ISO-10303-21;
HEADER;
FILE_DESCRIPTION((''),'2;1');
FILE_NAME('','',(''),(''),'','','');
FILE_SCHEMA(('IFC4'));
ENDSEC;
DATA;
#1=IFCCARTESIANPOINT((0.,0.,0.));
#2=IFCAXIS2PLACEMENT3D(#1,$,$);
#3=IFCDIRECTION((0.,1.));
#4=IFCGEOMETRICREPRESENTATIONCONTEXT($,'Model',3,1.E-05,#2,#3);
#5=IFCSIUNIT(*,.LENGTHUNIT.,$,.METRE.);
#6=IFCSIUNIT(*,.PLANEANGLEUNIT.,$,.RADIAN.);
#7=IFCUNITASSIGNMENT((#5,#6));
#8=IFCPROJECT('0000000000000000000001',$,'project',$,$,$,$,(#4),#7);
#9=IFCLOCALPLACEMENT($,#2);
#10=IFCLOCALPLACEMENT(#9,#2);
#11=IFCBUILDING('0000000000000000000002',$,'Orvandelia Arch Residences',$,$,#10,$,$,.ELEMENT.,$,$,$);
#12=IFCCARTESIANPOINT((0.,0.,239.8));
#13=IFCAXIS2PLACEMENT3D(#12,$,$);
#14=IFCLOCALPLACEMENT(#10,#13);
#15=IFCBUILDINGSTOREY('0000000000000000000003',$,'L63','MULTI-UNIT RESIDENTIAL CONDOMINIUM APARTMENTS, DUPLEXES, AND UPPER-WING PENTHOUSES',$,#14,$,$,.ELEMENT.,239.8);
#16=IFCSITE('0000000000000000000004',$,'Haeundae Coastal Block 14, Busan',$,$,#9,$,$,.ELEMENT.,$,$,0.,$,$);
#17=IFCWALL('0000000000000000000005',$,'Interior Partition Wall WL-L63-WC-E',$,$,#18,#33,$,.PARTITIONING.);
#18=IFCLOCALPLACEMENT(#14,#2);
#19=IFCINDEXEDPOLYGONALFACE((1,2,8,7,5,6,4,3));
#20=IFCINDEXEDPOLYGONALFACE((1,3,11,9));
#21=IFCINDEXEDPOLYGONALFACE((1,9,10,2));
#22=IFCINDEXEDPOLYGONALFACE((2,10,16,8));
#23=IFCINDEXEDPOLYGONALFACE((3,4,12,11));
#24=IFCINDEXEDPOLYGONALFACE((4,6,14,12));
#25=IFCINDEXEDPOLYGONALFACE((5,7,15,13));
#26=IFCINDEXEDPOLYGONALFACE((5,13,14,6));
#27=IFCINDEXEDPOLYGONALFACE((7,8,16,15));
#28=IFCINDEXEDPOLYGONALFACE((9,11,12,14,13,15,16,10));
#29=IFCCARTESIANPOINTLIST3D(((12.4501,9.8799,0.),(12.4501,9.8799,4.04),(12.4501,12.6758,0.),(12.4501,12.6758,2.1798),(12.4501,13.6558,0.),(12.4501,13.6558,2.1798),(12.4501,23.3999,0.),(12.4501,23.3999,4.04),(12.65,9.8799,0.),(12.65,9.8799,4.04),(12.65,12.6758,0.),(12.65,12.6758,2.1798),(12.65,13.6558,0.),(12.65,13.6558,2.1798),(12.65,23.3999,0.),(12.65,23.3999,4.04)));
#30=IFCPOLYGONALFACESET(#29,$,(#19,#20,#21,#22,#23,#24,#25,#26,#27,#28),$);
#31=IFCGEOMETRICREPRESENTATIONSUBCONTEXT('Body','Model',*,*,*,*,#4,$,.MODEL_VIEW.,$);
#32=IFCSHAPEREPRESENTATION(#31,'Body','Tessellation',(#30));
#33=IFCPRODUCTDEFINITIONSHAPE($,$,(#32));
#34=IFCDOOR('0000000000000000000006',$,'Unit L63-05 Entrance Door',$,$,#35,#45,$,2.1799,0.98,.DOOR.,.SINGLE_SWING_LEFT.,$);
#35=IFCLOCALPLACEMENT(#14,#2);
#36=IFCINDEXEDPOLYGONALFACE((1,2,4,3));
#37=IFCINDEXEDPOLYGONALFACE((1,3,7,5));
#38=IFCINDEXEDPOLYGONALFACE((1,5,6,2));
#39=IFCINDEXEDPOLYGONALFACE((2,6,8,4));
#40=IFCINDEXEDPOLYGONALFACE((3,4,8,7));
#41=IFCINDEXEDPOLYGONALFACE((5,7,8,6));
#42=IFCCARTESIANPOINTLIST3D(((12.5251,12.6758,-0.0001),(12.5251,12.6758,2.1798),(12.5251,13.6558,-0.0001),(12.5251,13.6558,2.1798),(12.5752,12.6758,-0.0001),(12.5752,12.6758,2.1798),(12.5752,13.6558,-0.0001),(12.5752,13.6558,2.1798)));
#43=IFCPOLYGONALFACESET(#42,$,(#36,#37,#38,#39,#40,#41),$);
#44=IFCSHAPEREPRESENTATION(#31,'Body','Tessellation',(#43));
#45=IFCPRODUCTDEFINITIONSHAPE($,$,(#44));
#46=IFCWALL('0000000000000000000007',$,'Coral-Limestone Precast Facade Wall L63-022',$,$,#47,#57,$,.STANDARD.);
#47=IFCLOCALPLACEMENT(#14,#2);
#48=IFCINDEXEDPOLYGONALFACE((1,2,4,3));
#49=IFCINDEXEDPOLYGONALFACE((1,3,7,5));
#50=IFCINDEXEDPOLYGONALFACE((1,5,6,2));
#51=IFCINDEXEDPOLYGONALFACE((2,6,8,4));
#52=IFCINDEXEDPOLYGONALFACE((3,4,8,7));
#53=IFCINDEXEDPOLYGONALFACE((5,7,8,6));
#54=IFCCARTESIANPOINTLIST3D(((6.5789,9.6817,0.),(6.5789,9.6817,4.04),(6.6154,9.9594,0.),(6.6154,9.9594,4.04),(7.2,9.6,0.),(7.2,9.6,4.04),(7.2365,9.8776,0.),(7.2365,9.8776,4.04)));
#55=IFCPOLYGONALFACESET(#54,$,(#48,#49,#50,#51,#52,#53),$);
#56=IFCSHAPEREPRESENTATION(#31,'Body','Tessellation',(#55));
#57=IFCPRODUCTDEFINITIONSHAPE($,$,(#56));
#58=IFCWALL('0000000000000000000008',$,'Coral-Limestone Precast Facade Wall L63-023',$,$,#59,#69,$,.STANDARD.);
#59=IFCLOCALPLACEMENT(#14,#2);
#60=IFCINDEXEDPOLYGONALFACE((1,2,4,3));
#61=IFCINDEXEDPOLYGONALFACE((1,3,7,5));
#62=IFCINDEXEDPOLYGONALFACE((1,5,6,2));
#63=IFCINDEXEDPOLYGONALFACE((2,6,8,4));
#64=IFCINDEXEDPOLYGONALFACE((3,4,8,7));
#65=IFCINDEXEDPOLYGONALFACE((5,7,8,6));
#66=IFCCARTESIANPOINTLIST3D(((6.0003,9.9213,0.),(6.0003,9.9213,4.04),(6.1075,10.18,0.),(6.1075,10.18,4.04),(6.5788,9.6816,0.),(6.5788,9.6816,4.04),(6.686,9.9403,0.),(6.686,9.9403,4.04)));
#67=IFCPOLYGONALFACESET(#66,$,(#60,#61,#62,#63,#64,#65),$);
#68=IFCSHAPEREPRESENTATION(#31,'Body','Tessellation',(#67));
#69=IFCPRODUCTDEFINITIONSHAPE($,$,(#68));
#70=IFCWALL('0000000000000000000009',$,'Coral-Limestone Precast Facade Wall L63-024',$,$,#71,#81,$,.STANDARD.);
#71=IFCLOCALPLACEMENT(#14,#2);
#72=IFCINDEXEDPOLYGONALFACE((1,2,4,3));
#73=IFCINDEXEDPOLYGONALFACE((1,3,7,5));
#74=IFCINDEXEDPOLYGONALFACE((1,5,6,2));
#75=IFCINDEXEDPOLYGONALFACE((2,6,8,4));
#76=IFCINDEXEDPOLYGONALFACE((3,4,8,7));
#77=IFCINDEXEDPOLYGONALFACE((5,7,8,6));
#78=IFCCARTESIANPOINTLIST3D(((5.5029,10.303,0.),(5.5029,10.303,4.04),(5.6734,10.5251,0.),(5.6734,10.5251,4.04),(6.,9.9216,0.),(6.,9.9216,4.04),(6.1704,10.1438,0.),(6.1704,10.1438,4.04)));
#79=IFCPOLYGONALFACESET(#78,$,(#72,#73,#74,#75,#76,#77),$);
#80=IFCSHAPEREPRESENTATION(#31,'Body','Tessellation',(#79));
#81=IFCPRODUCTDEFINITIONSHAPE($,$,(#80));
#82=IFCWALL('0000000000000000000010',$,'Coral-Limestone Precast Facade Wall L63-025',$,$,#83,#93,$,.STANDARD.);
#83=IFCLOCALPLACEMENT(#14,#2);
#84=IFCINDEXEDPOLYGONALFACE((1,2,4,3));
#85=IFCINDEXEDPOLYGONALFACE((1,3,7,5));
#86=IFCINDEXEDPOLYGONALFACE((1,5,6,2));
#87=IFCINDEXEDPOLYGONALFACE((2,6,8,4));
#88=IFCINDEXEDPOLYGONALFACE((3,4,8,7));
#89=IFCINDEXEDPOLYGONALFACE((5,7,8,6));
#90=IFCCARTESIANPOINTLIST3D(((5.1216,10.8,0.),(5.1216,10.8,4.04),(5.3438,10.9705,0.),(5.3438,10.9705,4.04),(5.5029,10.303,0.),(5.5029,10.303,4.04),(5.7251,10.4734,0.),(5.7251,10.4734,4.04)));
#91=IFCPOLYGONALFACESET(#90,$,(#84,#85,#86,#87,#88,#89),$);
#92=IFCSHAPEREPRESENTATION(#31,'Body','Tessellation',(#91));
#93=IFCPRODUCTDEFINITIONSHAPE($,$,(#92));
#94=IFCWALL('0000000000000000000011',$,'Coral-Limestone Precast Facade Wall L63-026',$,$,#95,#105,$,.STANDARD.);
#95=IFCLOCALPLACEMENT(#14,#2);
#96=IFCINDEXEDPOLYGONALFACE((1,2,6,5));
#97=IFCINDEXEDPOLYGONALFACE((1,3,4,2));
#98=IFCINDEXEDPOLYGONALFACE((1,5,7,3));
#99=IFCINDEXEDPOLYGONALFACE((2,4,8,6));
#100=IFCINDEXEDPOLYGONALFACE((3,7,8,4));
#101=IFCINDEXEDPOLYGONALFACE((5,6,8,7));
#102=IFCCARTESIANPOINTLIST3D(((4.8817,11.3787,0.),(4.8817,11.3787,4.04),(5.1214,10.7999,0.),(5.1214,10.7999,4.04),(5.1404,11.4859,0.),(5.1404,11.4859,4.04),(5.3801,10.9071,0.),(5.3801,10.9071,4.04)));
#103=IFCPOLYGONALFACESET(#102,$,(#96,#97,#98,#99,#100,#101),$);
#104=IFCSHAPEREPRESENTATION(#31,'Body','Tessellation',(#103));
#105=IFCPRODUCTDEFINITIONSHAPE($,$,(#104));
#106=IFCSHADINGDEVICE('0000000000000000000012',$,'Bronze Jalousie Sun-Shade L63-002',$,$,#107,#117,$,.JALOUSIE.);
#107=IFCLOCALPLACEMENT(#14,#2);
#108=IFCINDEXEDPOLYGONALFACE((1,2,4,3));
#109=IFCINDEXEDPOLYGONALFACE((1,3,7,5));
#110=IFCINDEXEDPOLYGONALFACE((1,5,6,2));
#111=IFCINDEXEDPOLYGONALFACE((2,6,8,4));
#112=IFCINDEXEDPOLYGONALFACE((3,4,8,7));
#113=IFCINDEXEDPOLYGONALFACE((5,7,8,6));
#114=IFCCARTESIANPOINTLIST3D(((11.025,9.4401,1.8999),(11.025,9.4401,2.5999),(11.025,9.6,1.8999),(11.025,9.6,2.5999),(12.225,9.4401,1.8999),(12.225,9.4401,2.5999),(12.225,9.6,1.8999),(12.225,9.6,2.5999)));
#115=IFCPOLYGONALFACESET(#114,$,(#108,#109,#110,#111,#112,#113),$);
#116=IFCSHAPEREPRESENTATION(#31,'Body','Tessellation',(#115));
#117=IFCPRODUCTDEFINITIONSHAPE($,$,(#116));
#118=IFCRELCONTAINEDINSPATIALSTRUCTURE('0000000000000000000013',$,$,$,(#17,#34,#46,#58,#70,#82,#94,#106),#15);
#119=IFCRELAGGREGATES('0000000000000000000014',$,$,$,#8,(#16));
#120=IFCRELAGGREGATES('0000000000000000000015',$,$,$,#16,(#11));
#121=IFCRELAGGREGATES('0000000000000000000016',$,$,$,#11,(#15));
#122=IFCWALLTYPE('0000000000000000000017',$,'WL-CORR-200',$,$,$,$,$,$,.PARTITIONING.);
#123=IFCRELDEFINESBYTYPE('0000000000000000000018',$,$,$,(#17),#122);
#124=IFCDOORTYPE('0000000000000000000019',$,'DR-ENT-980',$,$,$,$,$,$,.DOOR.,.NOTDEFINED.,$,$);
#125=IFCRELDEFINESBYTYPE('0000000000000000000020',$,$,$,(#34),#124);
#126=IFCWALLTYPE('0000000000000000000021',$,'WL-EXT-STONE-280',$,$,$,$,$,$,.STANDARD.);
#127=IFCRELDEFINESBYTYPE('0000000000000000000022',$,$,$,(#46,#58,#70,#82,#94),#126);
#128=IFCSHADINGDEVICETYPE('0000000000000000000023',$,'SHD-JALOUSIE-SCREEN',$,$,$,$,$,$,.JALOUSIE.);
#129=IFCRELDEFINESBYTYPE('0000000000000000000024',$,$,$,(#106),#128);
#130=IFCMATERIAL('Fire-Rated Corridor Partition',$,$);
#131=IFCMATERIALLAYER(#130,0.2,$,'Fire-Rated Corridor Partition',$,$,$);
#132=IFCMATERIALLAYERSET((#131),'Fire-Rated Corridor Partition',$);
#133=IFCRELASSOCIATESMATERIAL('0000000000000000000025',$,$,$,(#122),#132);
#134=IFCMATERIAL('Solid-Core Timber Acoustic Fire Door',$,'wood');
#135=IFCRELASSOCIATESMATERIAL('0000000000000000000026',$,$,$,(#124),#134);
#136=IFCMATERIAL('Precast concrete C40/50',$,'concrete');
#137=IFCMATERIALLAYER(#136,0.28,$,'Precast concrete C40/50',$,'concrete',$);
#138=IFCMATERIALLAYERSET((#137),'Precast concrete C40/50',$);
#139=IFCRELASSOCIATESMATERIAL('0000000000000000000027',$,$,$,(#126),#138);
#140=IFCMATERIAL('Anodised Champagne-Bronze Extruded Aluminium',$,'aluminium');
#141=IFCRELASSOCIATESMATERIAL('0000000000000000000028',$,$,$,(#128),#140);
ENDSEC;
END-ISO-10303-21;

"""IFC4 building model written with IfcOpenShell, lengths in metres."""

from ifc_helpers import new_model, si_unit, direction, frame, frame_2d, origin, origin_2d, place, context, subcontext, project, spatial, rectangle, extrude, material, layer, layer_set, type_object, element, fill, save


model = new_model("IFC4")

# Units and contexts
model_context = context("Model", 3, precision=1e-05, world=origin(), true_north=direction((0.0, 1.0)))
body_context = subcontext(model_context, "Body", "Model", "MODEL_VIEW")
ifc_project = project(units=[si_unit("LENGTHUNIT", "METRE"), si_unit("PLANEANGLEUNIT", "RADIAN")], contexts=[model_context])

# Site, building, storey
site_placement = place(None, origin())
site = spatial("IfcSite", under=ifc_project, at=site_placement, Name="Haeundae Coastal Block 14, Busan", CompositionType="ELEMENT", RefElevation=0.0)
building_placement = place(site_placement, origin())
building = spatial("IfcBuilding", under=site, at=building_placement, Name="Orvandelia Arch Residences", CompositionType="ELEMENT")
storey_placement = place(building_placement, frame((0.0, 0.0, 239.8)))
storey = spatial("IfcBuildingStorey", under=building, at=storey_placement, Name="L63", Description="MULTI-UNIT RESIDENTIAL CONDOMINIUM APARTMENTS, DUPLEXES, AND UPPER-WING PENTHOUSES", CompositionType="ELEMENT", Elevation=239.8)

# Shared definitions
ifc_material_1 = material(Name="Fire-Rated Corridor Partition")
ifc_layer_1 = layer(ifc_material_1, 0.2, Name="Fire-Rated Corridor Partition")
ifc_layer_set_1 = layer_set([ifc_layer_1], Name="Fire-Rated Corridor Partition")
wall_type_1 = type_object("IfcWallType", Name="WL-CORR-200", PredefinedType="PARTITIONING", material=ifc_layer_set_1)
ifc_material_2 = material(Name="Solid-Core Timber Acoustic Fire Door", Category="wood")
door_type = type_object("IfcDoorType", Name="DR-ENT-980", OperationType="NOTDEFINED", PredefinedType="DOOR", material=ifc_material_2)

# Wall, opening, door
wall_1_placement = place(storey_placement, frame((12.55, 9.8799, 0.0), z_axis=(0.0, 0.0, 1.0), x_axis=(0.0, 1.0, 0.0)))
wall_1 = element("IfcWall", 1, at=wall_1_placement, inside=storey, type_object=wall_type_1, Name="Interior Partition Wall WL-L63-WC-E", PredefinedType="PARTITIONING", context=body_context, shape_type="SweptSolid", body=[
    extrude(rectangle(XDim=13.52, YDim=0.2, at=frame_2d((6.76, 0.0))), origin(), (0.0, 0.0, 1.0), 4.04),
])
opening_1_placement = place(wall_1_placement, frame((2.7959, 0.0, 0.0)))
opening_1 = element("IfcOpeningElement", 2, at=opening_1_placement, cuts=wall_1, PredefinedType="OPENING", context=body_context, shape_type="SweptSolid", body=[
    extrude(rectangle(XDim=0.98, YDim=2.1799, at=frame_2d((0.49, 1.0898))), frame((0.0, 0.1099, 0.0), z_axis=(0.0, -1.0, 0.0), x_axis=(1.0, 0.0, 0.0)), (0.0, 0.0, 1.0), 0.22),
])
door_1_placement = place(opening_1_placement, origin())
door_1 = element("IfcDoor", 3, at=door_1_placement, inside=storey, type_object=door_type, Name="Unit L63-05 Entrance Door", OperationType="SINGLE_SWING_LEFT", OverallHeight=2.1799, OverallWidth=0.98, PredefinedType="DOOR", context=body_context, shape_type="SweptSolid", body=[
    extrude(rectangle(XDim=0.98, YDim=2.1799, at=frame_2d((0.49, 1.0898))), frame((0.0, 0.0249, 0.0), z_axis=(0.0, -1.0, 0.0), x_axis=(1.0, 0.0, 0.0)), (0.0, 0.0, 1.0), 0.05),
])
fill(opening_1, door_1)

# Walls
ifc_material_3 = material(Name="Precast concrete C40/50", Category="concrete")
ifc_layer_2 = layer(ifc_material_3, 0.28, Name="Precast concrete C40/50", Category="concrete")
ifc_layer_set_2 = layer_set([ifc_layer_2], Name="Precast concrete C40/50")
wall_type_2 = type_object("IfcWallType", Name="WL-EXT-STONE-280", PredefinedType="STANDARD", material=ifc_layer_set_2)
wall_2_placement = place(storey_placement, frame((7.2183, 9.7388, 0.0), z_axis=(0.0, 0.0, 1.0), x_axis=(-0.991441, 0.130555, 0.0)))
element("IfcWall", 4, at=wall_2_placement, inside=storey, type_object=wall_type_2, Name="Coral-Limestone Precast Facade Wall L63-022", PredefinedType="STANDARD", context=body_context, shape_type="SweptSolid", body=[
    extrude(rectangle(XDim=0.6265, YDim=0.28, at=frame_2d((0.3132, 0.0))), origin(), (0.0, 0.0, 1.0), 4.04),
])
wall_3_placement = place(storey_placement, frame((6.6323, 9.811, 0.0), z_axis=(0.0, 0.0, 1.0), x_axis=(-0.923836, 0.382788, 0.0)))
element("IfcWall", 5, at=wall_3_placement, inside=storey, type_object=wall_type_2, Name="Coral-Limestone Precast Facade Wall L63-023", PredefinedType="STANDARD", context=body_context, shape_type="SweptSolid", body=[
    extrude(rectangle(XDim=0.6262, YDim=0.28, at=frame_2d((0.313, 0.0))), origin(), (0.0, 0.0, 1.0), 4.04),
])
for number, where, z_axis, x_axis, name in (
    (6, (6.0852, 10.0327, 0.0), (0.0, 0.0, 1.0), (-0.793406, 0.608693, 0.0), "Coral-Limestone Precast Facade Wall L63-024"),
    (7, (5.614, 10.3882, 0.0), (0.0, 0.0, 1.0), (-0.608693, 0.793406, 0.0), "Coral-Limestone Precast Facade Wall L63-025"),
    (8, (5.2507, 10.8535, 0.0), (0.0, 0.0, 1.0), (-0.38265, 0.923893, 0.0), "Coral-Limestone Precast Facade Wall L63-026"),
):
    element("IfcWall", number, at=place(storey_placement, frame(where, z_axis=z_axis, x_axis=x_axis)), inside=storey, type_object=wall_type_2, Name=name, PredefinedType="STANDARD", context=body_context, shape_type="SweptSolid", body=[
        extrude(rectangle(XDim=0.6265, YDim=0.28, at=frame_2d((0.3132, 0.0))), origin(), (0.0, 0.0, 1.0), 4.04),
    ])

# Shading device
ifc_material_4 = material(Name="Anodised Champagne-Bronze Extruded Aluminium", Category="aluminium")
shading_device_type = type_object("IfcShadingDeviceType", Name="SHD-JALOUSIE-SCREEN", PredefinedType="JALOUSIE", material=ifc_material_4)
shading_device_placement = place(storey_placement, frame((11.625, 9.52, 1.8999), z_axis=(0.0, 0.0, 1.0), x_axis=(-1.0, 0.0, 0.0)))
element("IfcShadingDevice", 9, at=shading_device_placement, inside=storey, type_object=shading_device_type, Name="Bronze Jalousie Sun-Shade L63-002", PredefinedType="JALOUSIE", context=body_context, shape_type="SweptSolid", body=[
    extrude(rectangle(XDim=1.2, YDim=0.1599, at=origin_2d()), origin(), (0.0, 0.0, 1.0), 0.7),
])

save(model, "model.ifc")
